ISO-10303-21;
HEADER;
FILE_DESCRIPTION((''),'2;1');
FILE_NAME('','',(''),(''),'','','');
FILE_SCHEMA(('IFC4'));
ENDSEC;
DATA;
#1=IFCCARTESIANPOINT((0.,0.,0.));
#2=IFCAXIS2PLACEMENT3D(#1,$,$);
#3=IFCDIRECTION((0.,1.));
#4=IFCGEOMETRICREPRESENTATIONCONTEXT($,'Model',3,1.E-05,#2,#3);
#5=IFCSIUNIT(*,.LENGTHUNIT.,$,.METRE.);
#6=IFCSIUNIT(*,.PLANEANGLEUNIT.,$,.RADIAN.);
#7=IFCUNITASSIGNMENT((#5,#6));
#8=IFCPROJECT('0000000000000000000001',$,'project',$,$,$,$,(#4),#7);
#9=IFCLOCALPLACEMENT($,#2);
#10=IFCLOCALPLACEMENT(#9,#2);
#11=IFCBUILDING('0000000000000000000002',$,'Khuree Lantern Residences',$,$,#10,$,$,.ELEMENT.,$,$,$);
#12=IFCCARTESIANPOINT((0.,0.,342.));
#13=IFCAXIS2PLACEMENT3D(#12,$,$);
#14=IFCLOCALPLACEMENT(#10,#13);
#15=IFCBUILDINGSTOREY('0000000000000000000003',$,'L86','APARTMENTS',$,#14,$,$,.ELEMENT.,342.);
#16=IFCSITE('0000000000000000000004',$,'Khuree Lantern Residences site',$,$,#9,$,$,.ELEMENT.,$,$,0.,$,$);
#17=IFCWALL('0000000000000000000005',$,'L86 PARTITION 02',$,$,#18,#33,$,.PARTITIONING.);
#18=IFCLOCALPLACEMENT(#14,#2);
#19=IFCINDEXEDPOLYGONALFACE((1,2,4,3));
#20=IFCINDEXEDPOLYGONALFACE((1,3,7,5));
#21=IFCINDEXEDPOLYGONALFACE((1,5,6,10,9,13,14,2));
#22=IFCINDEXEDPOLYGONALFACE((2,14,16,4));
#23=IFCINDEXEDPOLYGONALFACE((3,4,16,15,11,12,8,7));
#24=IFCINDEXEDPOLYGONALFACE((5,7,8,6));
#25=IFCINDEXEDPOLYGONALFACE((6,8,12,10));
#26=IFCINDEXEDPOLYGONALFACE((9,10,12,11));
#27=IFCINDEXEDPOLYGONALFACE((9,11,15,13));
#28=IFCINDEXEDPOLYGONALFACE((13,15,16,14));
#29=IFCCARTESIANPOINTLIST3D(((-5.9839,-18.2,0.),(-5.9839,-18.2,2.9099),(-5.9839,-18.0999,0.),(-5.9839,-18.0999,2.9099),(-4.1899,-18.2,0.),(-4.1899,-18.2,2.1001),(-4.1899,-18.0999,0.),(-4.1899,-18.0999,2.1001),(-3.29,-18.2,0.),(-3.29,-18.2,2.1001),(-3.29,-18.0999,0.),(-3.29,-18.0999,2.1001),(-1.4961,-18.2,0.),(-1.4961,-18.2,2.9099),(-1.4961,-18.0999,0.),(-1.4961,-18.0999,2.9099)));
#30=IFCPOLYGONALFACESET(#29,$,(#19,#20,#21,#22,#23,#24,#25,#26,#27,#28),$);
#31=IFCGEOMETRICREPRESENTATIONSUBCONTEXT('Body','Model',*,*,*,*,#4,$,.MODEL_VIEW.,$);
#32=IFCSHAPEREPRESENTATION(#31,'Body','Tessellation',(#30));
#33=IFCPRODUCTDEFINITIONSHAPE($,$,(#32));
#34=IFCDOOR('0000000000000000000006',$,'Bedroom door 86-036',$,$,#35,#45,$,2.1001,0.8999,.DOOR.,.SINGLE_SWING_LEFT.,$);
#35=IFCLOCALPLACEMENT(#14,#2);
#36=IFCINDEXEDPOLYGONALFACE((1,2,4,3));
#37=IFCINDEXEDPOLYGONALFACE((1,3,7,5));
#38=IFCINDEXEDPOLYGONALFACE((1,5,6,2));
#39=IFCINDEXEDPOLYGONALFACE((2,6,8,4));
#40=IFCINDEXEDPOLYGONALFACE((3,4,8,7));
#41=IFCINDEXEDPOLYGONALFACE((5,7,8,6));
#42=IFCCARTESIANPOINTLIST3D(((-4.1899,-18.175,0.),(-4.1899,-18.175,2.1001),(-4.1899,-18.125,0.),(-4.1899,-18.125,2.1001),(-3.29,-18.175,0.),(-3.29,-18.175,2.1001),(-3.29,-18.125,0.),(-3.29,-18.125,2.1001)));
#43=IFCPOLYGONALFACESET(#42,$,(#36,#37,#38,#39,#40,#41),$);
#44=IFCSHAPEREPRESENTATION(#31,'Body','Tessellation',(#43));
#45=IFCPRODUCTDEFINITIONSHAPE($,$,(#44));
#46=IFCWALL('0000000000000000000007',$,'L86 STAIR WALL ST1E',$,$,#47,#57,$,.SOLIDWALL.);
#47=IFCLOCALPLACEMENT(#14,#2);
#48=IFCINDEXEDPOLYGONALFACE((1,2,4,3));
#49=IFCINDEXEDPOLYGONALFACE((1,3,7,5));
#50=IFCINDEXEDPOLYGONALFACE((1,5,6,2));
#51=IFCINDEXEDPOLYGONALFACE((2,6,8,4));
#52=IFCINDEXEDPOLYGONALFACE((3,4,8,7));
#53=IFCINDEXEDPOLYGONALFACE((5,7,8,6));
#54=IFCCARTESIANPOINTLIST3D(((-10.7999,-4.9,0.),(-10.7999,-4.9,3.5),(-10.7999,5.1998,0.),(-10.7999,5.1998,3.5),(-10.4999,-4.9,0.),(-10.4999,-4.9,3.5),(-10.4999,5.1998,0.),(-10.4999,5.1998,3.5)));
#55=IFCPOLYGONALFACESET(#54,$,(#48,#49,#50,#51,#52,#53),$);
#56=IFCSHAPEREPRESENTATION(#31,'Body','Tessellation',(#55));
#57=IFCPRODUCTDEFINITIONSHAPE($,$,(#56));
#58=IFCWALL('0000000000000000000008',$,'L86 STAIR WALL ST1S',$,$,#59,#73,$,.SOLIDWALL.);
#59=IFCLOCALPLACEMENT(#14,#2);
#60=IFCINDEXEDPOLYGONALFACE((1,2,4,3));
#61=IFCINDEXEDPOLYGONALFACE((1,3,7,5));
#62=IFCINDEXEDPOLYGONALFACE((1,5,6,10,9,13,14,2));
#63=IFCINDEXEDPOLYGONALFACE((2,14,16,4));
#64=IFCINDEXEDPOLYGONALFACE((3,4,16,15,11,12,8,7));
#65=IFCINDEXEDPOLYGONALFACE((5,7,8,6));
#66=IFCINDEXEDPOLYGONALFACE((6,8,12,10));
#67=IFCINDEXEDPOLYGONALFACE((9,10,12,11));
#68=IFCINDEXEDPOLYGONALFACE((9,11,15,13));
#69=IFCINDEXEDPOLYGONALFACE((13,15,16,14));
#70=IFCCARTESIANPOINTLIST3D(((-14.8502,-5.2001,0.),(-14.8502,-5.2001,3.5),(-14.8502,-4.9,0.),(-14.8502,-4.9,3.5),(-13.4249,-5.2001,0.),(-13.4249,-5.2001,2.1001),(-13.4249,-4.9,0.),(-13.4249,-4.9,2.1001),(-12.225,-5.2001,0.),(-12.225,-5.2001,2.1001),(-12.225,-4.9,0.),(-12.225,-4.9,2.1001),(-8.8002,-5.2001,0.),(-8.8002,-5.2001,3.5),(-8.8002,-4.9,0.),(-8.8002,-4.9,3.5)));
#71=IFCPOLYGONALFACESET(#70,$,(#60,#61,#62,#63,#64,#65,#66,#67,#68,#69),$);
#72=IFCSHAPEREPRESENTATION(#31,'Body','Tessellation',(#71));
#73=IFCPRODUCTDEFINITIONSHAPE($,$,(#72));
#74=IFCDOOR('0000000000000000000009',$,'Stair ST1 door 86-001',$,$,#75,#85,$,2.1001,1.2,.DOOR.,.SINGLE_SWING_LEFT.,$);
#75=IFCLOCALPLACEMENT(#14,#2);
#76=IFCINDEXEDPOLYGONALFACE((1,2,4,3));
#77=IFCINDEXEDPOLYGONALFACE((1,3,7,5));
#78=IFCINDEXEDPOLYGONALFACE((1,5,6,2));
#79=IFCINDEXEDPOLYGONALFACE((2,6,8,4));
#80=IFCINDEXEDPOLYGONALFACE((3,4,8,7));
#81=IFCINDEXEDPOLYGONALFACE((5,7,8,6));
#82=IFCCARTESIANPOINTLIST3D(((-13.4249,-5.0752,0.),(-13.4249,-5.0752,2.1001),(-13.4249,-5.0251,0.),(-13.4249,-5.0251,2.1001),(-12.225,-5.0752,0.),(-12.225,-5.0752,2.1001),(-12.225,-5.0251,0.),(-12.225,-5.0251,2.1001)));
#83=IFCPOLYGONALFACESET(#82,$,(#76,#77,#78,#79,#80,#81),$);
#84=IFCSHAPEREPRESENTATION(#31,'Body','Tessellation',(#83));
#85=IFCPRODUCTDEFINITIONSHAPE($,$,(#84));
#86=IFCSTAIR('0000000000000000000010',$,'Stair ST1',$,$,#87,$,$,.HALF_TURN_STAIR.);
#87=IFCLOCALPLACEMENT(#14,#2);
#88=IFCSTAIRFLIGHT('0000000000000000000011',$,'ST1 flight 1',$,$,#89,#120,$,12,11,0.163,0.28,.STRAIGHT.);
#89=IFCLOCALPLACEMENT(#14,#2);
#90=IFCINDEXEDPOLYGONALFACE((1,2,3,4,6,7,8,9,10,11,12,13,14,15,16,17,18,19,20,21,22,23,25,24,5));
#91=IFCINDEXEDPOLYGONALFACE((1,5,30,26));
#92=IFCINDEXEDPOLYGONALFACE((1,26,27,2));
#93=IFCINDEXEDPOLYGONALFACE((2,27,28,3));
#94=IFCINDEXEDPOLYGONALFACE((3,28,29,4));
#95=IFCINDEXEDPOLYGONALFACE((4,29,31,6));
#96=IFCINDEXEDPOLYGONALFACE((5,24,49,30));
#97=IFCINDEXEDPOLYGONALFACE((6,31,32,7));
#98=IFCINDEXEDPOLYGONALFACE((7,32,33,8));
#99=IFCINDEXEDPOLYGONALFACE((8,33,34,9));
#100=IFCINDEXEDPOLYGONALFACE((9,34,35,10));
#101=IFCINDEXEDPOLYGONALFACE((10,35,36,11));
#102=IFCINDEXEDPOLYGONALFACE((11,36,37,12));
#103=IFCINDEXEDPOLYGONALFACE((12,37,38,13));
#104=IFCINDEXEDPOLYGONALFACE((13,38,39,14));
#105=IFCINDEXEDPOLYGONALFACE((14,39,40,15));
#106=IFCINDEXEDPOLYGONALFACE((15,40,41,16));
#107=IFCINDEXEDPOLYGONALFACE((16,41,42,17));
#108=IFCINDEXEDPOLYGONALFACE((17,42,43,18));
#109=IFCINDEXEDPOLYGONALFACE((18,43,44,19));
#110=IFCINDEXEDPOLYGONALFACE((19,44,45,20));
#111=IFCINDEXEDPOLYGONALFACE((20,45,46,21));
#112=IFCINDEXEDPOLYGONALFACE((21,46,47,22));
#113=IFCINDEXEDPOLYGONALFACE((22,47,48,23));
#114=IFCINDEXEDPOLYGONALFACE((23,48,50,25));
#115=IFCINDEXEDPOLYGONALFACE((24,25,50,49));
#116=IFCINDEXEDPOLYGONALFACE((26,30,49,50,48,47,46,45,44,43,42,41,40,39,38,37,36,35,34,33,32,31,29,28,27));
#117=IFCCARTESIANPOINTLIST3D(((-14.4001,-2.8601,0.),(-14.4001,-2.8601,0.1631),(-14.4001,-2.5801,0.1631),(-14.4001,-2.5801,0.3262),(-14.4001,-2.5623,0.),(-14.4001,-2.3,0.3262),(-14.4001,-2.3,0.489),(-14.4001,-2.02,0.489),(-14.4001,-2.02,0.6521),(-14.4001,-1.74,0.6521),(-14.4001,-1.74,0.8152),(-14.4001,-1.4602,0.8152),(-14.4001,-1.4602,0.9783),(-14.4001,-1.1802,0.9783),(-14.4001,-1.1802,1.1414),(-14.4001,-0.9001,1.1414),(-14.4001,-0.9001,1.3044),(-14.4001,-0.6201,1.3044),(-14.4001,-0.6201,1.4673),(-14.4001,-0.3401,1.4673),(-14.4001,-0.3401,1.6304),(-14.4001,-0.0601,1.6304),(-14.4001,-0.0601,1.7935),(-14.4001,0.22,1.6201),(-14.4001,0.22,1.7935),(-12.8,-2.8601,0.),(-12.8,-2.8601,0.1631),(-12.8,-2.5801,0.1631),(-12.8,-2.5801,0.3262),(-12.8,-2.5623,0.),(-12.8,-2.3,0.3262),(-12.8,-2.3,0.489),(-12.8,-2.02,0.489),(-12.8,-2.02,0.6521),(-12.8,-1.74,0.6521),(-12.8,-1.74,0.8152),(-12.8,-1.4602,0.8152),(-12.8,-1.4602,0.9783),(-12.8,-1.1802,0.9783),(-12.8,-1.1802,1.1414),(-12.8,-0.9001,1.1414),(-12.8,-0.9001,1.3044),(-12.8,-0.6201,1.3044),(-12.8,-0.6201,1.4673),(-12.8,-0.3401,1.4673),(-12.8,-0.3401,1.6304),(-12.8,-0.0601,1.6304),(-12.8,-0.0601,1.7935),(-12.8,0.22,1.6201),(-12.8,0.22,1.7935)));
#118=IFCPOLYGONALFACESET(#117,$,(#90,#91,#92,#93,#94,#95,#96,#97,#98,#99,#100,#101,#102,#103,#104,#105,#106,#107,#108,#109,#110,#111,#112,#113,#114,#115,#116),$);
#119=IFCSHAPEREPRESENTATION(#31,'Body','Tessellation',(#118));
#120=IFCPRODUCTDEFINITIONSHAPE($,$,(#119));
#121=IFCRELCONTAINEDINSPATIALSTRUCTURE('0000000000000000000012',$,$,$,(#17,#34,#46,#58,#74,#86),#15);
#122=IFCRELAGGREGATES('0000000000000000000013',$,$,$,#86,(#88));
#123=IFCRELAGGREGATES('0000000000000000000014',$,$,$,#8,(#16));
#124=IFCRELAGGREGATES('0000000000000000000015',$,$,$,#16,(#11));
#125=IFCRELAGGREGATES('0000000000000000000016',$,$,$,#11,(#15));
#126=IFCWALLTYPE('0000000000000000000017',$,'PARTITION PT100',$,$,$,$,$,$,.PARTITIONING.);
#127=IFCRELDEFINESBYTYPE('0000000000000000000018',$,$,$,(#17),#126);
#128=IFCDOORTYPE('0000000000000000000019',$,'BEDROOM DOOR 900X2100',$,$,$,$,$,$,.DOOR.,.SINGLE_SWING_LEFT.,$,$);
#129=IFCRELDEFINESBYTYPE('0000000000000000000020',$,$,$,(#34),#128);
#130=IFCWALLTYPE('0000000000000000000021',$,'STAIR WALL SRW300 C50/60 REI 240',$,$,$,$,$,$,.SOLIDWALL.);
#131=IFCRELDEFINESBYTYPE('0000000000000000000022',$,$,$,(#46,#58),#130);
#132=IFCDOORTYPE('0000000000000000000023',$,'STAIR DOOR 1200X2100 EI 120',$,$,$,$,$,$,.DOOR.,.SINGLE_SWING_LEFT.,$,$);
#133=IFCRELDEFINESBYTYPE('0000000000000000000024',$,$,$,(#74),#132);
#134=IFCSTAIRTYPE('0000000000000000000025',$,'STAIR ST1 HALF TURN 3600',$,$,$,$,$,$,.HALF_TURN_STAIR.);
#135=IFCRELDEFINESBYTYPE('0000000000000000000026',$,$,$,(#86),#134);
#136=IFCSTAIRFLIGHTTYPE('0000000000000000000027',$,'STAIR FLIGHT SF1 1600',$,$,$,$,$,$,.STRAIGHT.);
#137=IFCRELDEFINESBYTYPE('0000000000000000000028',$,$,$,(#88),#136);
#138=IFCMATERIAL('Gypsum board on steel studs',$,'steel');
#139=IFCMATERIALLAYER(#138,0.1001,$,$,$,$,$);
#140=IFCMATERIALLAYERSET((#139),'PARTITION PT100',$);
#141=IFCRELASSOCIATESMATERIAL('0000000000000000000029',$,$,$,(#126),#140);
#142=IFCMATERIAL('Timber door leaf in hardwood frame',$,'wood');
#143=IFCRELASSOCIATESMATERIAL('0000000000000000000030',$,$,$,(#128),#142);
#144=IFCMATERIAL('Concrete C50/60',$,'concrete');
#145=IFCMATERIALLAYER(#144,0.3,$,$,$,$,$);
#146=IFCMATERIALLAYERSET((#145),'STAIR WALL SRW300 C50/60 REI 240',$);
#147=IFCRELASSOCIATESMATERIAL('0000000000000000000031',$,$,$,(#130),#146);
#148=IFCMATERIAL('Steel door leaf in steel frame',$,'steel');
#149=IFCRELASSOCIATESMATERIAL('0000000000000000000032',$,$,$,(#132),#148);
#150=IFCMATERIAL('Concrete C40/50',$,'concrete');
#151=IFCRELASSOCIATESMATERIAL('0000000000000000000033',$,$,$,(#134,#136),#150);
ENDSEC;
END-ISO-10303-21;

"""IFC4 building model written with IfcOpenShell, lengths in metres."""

from ifc_helpers import new_model, si_unit, direction, frame, frame_2d, origin, place, context, subcontext, project, spatial, polyline, rectangle, outline, extrude, material, layer, layer_set, type_object, element, fill, aggregate, save


model = new_model("IFC4")

# Units and contexts
model_context = context("Model", 3, precision=1e-05, world=origin(), true_north=direction((0.0, 1.0)))
body_context = subcontext(model_context, "Body", "Model", "MODEL_VIEW")
ifc_project = project(units=[si_unit("LENGTHUNIT", "METRE"), si_unit("PLANEANGLEUNIT", "RADIAN")], contexts=[model_context])

# Site, building, storey
site_placement = place(None, origin())
site = spatial("IfcSite", under=ifc_project, at=site_placement, Name="Khuree Lantern Residences site", CompositionType="ELEMENT", RefElevation=0.0)
building_placement = place(site_placement, origin())
building = spatial("IfcBuilding", under=site, at=building_placement, Name="Khuree Lantern Residences", CompositionType="ELEMENT")
storey_placement = place(building_placement, frame((0.0, 0.0, 342.0)))
storey = spatial("IfcBuildingStorey", under=building, at=storey_placement, Name="L86", Description="APARTMENTS", CompositionType="ELEMENT", Elevation=342.0)

# Shared definitions
ifc_material_1 = material(Name="Steel door leaf in steel frame", Category="steel")

# Shared definitions
ifc_material_2 = material(Name="Timber door leaf in hardwood frame", Category="wood")

# Shared definitions
ifc_material_3 = material(Name="Concrete C50/60", Category="concrete")

# Shared definitions
ifc_material_4 = material(Name="Gypsum board on steel studs", Category="steel")
ifc_layer_1 = layer(ifc_material_4, 0.1001)
ifc_layer_set_1 = layer_set([ifc_layer_1], Name="PARTITION PT100")
wall_type_1 = type_object("IfcWallType", Name="PARTITION PT100", PredefinedType="PARTITIONING", material=ifc_layer_set_1)

# Wall, opening, door
wall_1_placement = place(storey_placement, frame((-5.9839, -18.1499, 0.0), z_axis=(0.0, 0.0, 1.0), x_axis=(1.0, 0.0, 0.0)))
wall_1 = element("IfcWall", 1, at=wall_1_placement, inside=storey, type_object=wall_type_1, Name="L86 PARTITION 02", PredefinedType="PARTITIONING", context=body_context, shape_type="SweptSolid", body=[
    extrude(rectangle(XDim=4.4878, YDim=0.1001, at=frame_2d((2.2439, 0.0))), origin(), (0.0, 0.0, 1.0), 2.9099),
])
opening_1_placement = place(wall_1_placement, frame((1.7939, 0.0, 0.0)))
opening_1 = element("IfcOpeningElement", 2, at=opening_1_placement, cuts=wall_1, PredefinedType="OPENING", context=body_context, shape_type="SweptSolid", body=[
    extrude(rectangle(XDim=0.8999, YDim=2.1001, at=frame_2d((0.45, 1.05))), frame((0.0, 0.0601, 0.0), z_axis=(0.0, -1.0, 0.0), x_axis=(1.0, 0.0, 0.0)), (0.0, 0.0, 1.0), 0.1201),
])
door_type_1 = type_object("IfcDoorType", Name="BEDROOM DOOR 900X2100", OperationType="SINGLE_SWING_LEFT", PredefinedType="DOOR", material=ifc_material_2)
door_1_placement = place(opening_1_placement, origin())
door_1 = element("IfcDoor", 3, at=door_1_placement, inside=storey, type_object=door_type_1, Name="Bedroom door 86-036", OperationType="SINGLE_SWING_LEFT", OverallHeight=2.1001, OverallWidth=0.8999, PredefinedType="DOOR", context=body_context, shape_type="SweptSolid", body=[
    extrude(rectangle(XDim=0.8999, YDim=2.1001, at=frame_2d((0.45, 1.05))), frame((0.0, 0.0249, 0.0), z_axis=(0.0, -1.0, 0.0), x_axis=(1.0, 0.0, 0.0)), (0.0, 0.0, 1.0), 0.05),
])
fill(opening_1, door_1)

# Wall
ifc_layer_2 = layer(ifc_material_3, 0.3)
ifc_layer_set_2 = layer_set([ifc_layer_2], Name="STAIR WALL SRW300 C50/60 REI 240")
wall_type_2 = type_object("IfcWallType", Name="STAIR WALL SRW300 C50/60 REI 240", PredefinedType="SOLIDWALL", material=ifc_layer_set_2)
wall_2_placement = place(storey_placement, frame((-10.6499, -4.8999, 0.0), z_axis=(0.0, 0.0, 1.0), x_axis=(0.0, 1.0, 0.0)))
element("IfcWall", 4, at=wall_2_placement, inside=storey, type_object=wall_type_2, Name="L86 STAIR WALL ST1E", PredefinedType="SOLIDWALL", context=body_context, shape_type="SweptSolid", body=[
    extrude(rectangle(XDim=10.0999, YDim=0.3, at=frame_2d((5.0498, 0.0))), origin(), (0.0, 0.0, 1.0), 3.5),
])

# Wall, opening, door
wall_3_placement = place(storey_placement, frame((-14.8501, -5.05, 0.0), z_axis=(0.0, 0.0, 1.0), x_axis=(1.0, 0.0, 0.0)))
wall_3 = element("IfcWall", 5, at=wall_3_placement, inside=storey, type_object=wall_type_2, Name="L86 STAIR WALL ST1S", PredefinedType="SOLIDWALL", context=body_context, shape_type="SweptSolid", body=[
    extrude(rectangle(XDim=6.05, YDim=0.3, at=frame_2d((3.0249, 0.0))), origin(), (0.0, 0.0, 1.0), 3.5),
])
opening_2_placement = place(wall_3_placement, frame((1.425, 0.0, 0.0)))
opening_2 = element("IfcOpeningElement", 6, at=opening_2_placement, cuts=wall_3, PredefinedType="OPENING", context=body_context, shape_type="SweptSolid", body=[
    extrude(rectangle(XDim=1.2, YDim=2.1001, at=frame_2d((0.6001, 1.05))), frame((0.0, 0.1602, 0.0), z_axis=(0.0, -1.0, 0.0), x_axis=(1.0, 0.0, 0.0)), (0.0, 0.0, 1.0), 0.3201),
])
door_type_2 = type_object("IfcDoorType", Name="STAIR DOOR 1200X2100 EI 120", OperationType="SINGLE_SWING_LEFT", PredefinedType="DOOR", material=ifc_material_1)
door_2_placement = place(opening_2_placement, origin())
door_2 = element("IfcDoor", 7, at=door_2_placement, inside=storey, type_object=door_type_2, Name="Stair ST1 door 86-001", OperationType="SINGLE_SWING_LEFT", OverallHeight=2.1001, OverallWidth=1.2, PredefinedType="DOOR", context=body_context, shape_type="SweptSolid", body=[
    extrude(rectangle(XDim=1.2, YDim=2.1001, at=frame_2d((0.6001, 1.05))), frame((0.0, 0.0249, 0.0), z_axis=(0.0, -1.0, 0.0), x_axis=(1.0, 0.0, 0.0)), (0.0, 0.0, 1.0), 0.05),
])
fill(opening_2, door_2)

# Stair, stair flight
ifc_material_5 = material(Name="Concrete C40/50", Category="concrete")
stair_type = type_object("IfcStairType", Name="STAIR ST1 HALF TURN 3600", PredefinedType="HALF_TURN_STAIR", material=ifc_material_5)
stair_placement = place(storey_placement, origin())
stair = element("IfcStair", 8, at=stair_placement, inside=storey, type_object=stair_type, Name="Stair ST1", PredefinedType="HALF_TURN_STAIR")
stair_flight_type = type_object("IfcStairFlightType", Name="STAIR FLIGHT SF1 1600", PredefinedType="STRAIGHT", material=ifc_material_5)
stair_flight_placement = place(storey_placement, frame((-13.6001, -2.8601, 0.0), z_axis=(0.0, 0.0, 1.0), x_axis=(0.0, 1.0, 0.0)))
stair_flight = element("IfcStairFlight", 9, at=stair_flight_placement, type_object=stair_flight_type, Name="ST1 flight 1", NumberOfRisers=12, NumberOfTreads=11, PredefinedType="STRAIGHT", RiserHeight=0.163, TreadLength=0.28, context=body_context, shape_type="SweptSolid", body=[
    extrude(outline(polyline([(0.0, 0.0), (0.0, 0.1631), (0.28, 0.1631), (0.28, 0.3262), (0.5601, 0.3262), (0.5601, 0.489), (0.8401, 0.489), (0.8401, 0.6521), (1.1201, 0.6521), (1.1201, 0.8152), (1.3999, 0.8152), (1.3999, 0.9783), (1.6799, 0.9783), (1.6799, 1.1414), (1.96, 1.1414), (1.96, 1.3044), (2.24, 1.3044), (2.24, 1.4673), (2.52, 1.4673), (2.52, 1.6304), (2.8, 1.6304), (2.8, 1.7935), (3.0801, 1.7935), (3.0801, 1.9565), (3.0801, 1.6201), (0.2979, 0.0), (0.0, 0.0)])), frame((0.0, 0.8, 0.0), z_axis=(0.0, -1.0, 0.0), x_axis=(1.0, 0.0, 0.0)), (0.0, 0.0, 1.0), 1.6001),
])
aggregate(stair, [stair_flight])

save(model, "model.ifc")
